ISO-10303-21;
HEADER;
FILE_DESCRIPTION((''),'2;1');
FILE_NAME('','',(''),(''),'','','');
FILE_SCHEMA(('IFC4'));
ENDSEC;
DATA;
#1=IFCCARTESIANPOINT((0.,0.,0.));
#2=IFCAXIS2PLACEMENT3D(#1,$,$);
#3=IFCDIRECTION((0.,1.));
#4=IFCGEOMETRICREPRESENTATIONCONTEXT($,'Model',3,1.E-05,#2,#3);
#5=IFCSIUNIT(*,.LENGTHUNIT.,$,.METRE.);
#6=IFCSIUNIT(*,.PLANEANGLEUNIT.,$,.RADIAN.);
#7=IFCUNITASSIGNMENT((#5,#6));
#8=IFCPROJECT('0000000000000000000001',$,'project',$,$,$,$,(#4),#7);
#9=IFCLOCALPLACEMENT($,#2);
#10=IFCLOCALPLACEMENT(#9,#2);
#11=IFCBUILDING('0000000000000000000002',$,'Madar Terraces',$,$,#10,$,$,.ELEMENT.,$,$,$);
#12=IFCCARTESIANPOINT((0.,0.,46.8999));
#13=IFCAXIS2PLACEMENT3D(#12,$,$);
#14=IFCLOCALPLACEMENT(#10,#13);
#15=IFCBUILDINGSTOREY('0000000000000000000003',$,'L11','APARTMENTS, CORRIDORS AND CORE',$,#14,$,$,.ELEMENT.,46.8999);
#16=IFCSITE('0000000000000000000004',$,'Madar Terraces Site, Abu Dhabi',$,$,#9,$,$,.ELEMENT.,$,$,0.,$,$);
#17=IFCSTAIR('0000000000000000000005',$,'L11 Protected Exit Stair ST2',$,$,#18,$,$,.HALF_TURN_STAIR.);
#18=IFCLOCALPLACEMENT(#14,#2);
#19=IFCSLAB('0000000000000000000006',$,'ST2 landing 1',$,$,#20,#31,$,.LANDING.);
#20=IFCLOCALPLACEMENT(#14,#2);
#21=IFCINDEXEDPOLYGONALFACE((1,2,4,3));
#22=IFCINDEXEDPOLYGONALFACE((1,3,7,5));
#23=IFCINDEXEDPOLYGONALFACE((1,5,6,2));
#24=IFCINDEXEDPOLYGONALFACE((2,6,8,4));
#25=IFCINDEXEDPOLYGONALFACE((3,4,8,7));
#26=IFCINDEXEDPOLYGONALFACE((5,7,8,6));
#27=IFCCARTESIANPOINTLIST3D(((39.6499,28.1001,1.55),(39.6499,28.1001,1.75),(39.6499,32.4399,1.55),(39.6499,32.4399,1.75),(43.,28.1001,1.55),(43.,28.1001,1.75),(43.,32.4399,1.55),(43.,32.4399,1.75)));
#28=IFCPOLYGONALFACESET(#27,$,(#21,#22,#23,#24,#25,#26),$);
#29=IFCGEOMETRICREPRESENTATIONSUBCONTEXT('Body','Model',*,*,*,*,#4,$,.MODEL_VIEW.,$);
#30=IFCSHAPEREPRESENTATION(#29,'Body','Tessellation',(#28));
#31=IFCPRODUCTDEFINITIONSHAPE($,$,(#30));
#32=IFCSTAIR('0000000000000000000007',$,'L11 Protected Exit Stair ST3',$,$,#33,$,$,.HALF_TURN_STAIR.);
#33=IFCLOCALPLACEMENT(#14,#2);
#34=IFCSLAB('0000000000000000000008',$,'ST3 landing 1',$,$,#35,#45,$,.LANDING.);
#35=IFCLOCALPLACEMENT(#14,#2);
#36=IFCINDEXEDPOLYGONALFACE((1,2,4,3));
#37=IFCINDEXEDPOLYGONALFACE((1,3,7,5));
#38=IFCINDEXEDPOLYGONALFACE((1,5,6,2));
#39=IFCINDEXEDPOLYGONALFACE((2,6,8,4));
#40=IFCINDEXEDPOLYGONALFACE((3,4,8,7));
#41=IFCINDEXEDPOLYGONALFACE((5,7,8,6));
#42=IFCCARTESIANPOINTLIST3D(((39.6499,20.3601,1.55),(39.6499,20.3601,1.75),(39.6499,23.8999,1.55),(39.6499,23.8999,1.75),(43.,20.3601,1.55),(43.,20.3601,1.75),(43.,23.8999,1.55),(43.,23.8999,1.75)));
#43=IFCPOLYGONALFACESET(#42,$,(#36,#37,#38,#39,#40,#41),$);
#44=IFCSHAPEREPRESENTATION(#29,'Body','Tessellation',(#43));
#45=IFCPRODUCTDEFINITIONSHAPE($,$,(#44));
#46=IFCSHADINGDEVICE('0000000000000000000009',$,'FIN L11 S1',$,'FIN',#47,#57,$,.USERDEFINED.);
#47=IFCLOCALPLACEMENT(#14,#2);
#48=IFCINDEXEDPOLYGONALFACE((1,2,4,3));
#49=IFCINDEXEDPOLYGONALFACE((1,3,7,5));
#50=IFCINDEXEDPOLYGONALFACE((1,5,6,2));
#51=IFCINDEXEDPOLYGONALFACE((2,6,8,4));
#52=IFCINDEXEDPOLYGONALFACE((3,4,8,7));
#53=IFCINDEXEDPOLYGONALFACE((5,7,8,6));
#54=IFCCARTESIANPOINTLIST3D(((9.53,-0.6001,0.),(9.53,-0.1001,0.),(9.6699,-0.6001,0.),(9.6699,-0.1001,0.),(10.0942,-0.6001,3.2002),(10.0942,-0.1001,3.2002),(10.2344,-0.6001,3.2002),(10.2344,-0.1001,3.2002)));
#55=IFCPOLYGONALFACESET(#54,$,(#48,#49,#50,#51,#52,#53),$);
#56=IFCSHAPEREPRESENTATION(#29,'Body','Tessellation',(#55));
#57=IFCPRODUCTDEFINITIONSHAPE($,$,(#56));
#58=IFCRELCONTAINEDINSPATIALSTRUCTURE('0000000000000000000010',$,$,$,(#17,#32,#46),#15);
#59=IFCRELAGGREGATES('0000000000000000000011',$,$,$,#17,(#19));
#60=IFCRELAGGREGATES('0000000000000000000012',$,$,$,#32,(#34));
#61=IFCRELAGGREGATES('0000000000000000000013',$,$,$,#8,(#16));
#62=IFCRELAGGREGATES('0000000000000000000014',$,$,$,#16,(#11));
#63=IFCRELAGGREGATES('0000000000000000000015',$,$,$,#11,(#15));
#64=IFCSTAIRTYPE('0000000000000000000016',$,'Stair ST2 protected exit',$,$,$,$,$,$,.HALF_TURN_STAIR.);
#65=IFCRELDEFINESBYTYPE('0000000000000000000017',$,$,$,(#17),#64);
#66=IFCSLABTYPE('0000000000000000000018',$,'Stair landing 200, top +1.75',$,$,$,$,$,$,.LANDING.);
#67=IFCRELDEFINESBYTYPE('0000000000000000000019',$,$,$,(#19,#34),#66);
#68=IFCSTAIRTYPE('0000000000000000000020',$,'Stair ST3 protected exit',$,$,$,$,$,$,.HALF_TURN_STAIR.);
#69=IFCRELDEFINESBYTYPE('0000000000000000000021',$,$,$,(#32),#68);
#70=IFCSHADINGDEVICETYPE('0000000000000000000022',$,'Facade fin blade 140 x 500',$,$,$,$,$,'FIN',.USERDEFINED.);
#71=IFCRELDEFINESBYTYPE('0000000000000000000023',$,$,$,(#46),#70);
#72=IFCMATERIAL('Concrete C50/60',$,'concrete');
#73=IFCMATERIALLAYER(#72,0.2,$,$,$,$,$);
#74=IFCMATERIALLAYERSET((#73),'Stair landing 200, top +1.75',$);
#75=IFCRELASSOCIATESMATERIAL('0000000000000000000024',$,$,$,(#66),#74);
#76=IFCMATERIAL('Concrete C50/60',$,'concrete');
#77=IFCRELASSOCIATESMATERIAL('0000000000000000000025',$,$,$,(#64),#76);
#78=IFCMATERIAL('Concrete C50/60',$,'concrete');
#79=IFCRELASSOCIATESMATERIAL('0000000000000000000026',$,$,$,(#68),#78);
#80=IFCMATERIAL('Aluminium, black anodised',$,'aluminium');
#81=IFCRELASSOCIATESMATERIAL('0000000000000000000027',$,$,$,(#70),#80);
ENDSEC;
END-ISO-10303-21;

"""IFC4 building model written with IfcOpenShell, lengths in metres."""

from ifc_helpers import new_model, si_unit, direction, frame, origin, place, context, subcontext, project, spatial, polyline, outline, extrude, material, layer, layer_set, type_object, element, aggregate, save


model = new_model("IFC4")

# Units and contexts
model_context = context("Model", 3, precision=1e-05, world=origin(), true_north=direction((0.0, 1.0)))
body_context = subcontext(model_context, "Body", "Model", "MODEL_VIEW")
ifc_project = project(units=[si_unit("LENGTHUNIT", "METRE"), si_unit("PLANEANGLEUNIT", "RADIAN")], contexts=[model_context])

# Site, building, storey
site_placement = place(None, origin())
site = spatial("IfcSite", under=ifc_project, at=site_placement, Name="Madar Terraces Site, Abu Dhabi", CompositionType="ELEMENT", RefElevation=0.0)
building_placement = place(site_placement, origin())
building = spatial("IfcBuilding", under=site, at=building_placement, Name="Madar Terraces", CompositionType="ELEMENT")
storey_placement = place(building_placement, frame((0.0, 0.0, 46.8999)))
storey = spatial("IfcBuildingStorey", under=building, at=storey_placement, Name="L11", Description="APARTMENTS, CORRIDORS AND CORE", CompositionType="ELEMENT", Elevation=46.8999)

# Stairs, slabs
ifc_material_1 = material(Name="Concrete C50/60", Category="concrete")
ifc_layer_1 = layer(ifc_material_1, 0.2)
ifc_layer_set_1 = layer_set([ifc_layer_1], Name="Stair landing 200, top +1.75")
slab_type_1 = type_object("IfcSlabType", Name="Stair landing 200, top +1.75", PredefinedType="LANDING", material=ifc_layer_set_1)
ifc_material_2 = material(Name="Concrete C50/60", Category="concrete")
stair_type_1 = type_object("IfcStairType", Name="Stair ST2 protected exit", PredefinedType="HALF_TURN_STAIR", material=ifc_material_2)
stair_1_placement = place(storey_placement, origin())
stair_1 = element("IfcStair", 1, at=stair_1_placement, inside=storey, type_object=stair_type_1, Name="L11 Protected Exit Stair ST2", PredefinedType="HALF_TURN_STAIR")
slab_1_placement = place(storey_placement, frame((0.0, 0.0, 1.55)))
slab_1 = element("IfcSlab", 2, at=slab_1_placement, type_object=slab_type_1, Name="ST2 landing 1", PredefinedType="LANDING", context=body_context, shape_type="SweptSolid", body=[
    extrude(outline(polyline([(39.6499, 28.1001), (43.0, 28.1001), (43.0, 32.4399), (39.6499, 32.4399), (39.6499, 28.1001)])), origin(), (0.0, 0.0, 1.0), 0.2),
])
aggregate(stair_1, [slab_1])
ifc_material_3 = material(Name="Concrete C50/60", Category="concrete")
stair_type_2 = type_object("IfcStairType", Name="Stair ST3 protected exit", PredefinedType="HALF_TURN_STAIR", material=ifc_material_3)
stair_2_placement = place(storey_placement, origin())
stair_2 = element("IfcStair", 3, at=stair_2_placement, inside=storey, type_object=stair_type_2, Name="L11 Protected Exit Stair ST3", PredefinedType="HALF_TURN_STAIR")
slab_2_placement = place(storey_placement, frame((0.0, 0.0, 1.55)))
slab_2 = element("IfcSlab", 4, at=slab_2_placement, type_object=slab_type_1, Name="ST3 landing 1", PredefinedType="LANDING", context=body_context, shape_type="SweptSolid", body=[
    extrude(outline(polyline([(39.6499, 20.3601), (43.0, 20.3601), (43.0, 23.8999), (39.6499, 23.8999), (39.6499, 20.3601)])), origin(), (0.0, 0.0, 1.0), 0.2),
])
aggregate(stair_2, [slab_2])

# Shading device
ifc_material_4 = material(Name="Aluminium, black anodised", Category="aluminium")
shading_device_type = type_object("IfcShadingDeviceType", Name="Facade fin blade 140 x 500", ElementType="FIN", PredefinedType="USERDEFINED", material=ifc_material_4)
shading_device_placement = place(storey_placement, frame((9.53, -0.3501, 0.0), z_axis=(0.0, 0.0, 1.0), x_axis=(1.0, 0.0, 0.0)))
element("IfcShadingDevice", 5, at=shading_device_placement, inside=storey, type_object=shading_device_type, Name="FIN L11 S1", ObjectType="FIN", PredefinedType="USERDEFINED", context=body_context, shape_type="SweptSolid", body=[
    extrude(outline(polyline([(0.0, 0.0), (0.1399, 0.0), (0.7043, 3.2002), (0.5642, 3.2002), (0.0, 0.0)])), frame((0.0, 0.25, 0.0), z_axis=(0.0, -1.0, 0.0), x_axis=(1.0, 0.0, 0.0)), (0.0, 0.0, 1.0), 0.5),
])

save(model, "model.ifc")
